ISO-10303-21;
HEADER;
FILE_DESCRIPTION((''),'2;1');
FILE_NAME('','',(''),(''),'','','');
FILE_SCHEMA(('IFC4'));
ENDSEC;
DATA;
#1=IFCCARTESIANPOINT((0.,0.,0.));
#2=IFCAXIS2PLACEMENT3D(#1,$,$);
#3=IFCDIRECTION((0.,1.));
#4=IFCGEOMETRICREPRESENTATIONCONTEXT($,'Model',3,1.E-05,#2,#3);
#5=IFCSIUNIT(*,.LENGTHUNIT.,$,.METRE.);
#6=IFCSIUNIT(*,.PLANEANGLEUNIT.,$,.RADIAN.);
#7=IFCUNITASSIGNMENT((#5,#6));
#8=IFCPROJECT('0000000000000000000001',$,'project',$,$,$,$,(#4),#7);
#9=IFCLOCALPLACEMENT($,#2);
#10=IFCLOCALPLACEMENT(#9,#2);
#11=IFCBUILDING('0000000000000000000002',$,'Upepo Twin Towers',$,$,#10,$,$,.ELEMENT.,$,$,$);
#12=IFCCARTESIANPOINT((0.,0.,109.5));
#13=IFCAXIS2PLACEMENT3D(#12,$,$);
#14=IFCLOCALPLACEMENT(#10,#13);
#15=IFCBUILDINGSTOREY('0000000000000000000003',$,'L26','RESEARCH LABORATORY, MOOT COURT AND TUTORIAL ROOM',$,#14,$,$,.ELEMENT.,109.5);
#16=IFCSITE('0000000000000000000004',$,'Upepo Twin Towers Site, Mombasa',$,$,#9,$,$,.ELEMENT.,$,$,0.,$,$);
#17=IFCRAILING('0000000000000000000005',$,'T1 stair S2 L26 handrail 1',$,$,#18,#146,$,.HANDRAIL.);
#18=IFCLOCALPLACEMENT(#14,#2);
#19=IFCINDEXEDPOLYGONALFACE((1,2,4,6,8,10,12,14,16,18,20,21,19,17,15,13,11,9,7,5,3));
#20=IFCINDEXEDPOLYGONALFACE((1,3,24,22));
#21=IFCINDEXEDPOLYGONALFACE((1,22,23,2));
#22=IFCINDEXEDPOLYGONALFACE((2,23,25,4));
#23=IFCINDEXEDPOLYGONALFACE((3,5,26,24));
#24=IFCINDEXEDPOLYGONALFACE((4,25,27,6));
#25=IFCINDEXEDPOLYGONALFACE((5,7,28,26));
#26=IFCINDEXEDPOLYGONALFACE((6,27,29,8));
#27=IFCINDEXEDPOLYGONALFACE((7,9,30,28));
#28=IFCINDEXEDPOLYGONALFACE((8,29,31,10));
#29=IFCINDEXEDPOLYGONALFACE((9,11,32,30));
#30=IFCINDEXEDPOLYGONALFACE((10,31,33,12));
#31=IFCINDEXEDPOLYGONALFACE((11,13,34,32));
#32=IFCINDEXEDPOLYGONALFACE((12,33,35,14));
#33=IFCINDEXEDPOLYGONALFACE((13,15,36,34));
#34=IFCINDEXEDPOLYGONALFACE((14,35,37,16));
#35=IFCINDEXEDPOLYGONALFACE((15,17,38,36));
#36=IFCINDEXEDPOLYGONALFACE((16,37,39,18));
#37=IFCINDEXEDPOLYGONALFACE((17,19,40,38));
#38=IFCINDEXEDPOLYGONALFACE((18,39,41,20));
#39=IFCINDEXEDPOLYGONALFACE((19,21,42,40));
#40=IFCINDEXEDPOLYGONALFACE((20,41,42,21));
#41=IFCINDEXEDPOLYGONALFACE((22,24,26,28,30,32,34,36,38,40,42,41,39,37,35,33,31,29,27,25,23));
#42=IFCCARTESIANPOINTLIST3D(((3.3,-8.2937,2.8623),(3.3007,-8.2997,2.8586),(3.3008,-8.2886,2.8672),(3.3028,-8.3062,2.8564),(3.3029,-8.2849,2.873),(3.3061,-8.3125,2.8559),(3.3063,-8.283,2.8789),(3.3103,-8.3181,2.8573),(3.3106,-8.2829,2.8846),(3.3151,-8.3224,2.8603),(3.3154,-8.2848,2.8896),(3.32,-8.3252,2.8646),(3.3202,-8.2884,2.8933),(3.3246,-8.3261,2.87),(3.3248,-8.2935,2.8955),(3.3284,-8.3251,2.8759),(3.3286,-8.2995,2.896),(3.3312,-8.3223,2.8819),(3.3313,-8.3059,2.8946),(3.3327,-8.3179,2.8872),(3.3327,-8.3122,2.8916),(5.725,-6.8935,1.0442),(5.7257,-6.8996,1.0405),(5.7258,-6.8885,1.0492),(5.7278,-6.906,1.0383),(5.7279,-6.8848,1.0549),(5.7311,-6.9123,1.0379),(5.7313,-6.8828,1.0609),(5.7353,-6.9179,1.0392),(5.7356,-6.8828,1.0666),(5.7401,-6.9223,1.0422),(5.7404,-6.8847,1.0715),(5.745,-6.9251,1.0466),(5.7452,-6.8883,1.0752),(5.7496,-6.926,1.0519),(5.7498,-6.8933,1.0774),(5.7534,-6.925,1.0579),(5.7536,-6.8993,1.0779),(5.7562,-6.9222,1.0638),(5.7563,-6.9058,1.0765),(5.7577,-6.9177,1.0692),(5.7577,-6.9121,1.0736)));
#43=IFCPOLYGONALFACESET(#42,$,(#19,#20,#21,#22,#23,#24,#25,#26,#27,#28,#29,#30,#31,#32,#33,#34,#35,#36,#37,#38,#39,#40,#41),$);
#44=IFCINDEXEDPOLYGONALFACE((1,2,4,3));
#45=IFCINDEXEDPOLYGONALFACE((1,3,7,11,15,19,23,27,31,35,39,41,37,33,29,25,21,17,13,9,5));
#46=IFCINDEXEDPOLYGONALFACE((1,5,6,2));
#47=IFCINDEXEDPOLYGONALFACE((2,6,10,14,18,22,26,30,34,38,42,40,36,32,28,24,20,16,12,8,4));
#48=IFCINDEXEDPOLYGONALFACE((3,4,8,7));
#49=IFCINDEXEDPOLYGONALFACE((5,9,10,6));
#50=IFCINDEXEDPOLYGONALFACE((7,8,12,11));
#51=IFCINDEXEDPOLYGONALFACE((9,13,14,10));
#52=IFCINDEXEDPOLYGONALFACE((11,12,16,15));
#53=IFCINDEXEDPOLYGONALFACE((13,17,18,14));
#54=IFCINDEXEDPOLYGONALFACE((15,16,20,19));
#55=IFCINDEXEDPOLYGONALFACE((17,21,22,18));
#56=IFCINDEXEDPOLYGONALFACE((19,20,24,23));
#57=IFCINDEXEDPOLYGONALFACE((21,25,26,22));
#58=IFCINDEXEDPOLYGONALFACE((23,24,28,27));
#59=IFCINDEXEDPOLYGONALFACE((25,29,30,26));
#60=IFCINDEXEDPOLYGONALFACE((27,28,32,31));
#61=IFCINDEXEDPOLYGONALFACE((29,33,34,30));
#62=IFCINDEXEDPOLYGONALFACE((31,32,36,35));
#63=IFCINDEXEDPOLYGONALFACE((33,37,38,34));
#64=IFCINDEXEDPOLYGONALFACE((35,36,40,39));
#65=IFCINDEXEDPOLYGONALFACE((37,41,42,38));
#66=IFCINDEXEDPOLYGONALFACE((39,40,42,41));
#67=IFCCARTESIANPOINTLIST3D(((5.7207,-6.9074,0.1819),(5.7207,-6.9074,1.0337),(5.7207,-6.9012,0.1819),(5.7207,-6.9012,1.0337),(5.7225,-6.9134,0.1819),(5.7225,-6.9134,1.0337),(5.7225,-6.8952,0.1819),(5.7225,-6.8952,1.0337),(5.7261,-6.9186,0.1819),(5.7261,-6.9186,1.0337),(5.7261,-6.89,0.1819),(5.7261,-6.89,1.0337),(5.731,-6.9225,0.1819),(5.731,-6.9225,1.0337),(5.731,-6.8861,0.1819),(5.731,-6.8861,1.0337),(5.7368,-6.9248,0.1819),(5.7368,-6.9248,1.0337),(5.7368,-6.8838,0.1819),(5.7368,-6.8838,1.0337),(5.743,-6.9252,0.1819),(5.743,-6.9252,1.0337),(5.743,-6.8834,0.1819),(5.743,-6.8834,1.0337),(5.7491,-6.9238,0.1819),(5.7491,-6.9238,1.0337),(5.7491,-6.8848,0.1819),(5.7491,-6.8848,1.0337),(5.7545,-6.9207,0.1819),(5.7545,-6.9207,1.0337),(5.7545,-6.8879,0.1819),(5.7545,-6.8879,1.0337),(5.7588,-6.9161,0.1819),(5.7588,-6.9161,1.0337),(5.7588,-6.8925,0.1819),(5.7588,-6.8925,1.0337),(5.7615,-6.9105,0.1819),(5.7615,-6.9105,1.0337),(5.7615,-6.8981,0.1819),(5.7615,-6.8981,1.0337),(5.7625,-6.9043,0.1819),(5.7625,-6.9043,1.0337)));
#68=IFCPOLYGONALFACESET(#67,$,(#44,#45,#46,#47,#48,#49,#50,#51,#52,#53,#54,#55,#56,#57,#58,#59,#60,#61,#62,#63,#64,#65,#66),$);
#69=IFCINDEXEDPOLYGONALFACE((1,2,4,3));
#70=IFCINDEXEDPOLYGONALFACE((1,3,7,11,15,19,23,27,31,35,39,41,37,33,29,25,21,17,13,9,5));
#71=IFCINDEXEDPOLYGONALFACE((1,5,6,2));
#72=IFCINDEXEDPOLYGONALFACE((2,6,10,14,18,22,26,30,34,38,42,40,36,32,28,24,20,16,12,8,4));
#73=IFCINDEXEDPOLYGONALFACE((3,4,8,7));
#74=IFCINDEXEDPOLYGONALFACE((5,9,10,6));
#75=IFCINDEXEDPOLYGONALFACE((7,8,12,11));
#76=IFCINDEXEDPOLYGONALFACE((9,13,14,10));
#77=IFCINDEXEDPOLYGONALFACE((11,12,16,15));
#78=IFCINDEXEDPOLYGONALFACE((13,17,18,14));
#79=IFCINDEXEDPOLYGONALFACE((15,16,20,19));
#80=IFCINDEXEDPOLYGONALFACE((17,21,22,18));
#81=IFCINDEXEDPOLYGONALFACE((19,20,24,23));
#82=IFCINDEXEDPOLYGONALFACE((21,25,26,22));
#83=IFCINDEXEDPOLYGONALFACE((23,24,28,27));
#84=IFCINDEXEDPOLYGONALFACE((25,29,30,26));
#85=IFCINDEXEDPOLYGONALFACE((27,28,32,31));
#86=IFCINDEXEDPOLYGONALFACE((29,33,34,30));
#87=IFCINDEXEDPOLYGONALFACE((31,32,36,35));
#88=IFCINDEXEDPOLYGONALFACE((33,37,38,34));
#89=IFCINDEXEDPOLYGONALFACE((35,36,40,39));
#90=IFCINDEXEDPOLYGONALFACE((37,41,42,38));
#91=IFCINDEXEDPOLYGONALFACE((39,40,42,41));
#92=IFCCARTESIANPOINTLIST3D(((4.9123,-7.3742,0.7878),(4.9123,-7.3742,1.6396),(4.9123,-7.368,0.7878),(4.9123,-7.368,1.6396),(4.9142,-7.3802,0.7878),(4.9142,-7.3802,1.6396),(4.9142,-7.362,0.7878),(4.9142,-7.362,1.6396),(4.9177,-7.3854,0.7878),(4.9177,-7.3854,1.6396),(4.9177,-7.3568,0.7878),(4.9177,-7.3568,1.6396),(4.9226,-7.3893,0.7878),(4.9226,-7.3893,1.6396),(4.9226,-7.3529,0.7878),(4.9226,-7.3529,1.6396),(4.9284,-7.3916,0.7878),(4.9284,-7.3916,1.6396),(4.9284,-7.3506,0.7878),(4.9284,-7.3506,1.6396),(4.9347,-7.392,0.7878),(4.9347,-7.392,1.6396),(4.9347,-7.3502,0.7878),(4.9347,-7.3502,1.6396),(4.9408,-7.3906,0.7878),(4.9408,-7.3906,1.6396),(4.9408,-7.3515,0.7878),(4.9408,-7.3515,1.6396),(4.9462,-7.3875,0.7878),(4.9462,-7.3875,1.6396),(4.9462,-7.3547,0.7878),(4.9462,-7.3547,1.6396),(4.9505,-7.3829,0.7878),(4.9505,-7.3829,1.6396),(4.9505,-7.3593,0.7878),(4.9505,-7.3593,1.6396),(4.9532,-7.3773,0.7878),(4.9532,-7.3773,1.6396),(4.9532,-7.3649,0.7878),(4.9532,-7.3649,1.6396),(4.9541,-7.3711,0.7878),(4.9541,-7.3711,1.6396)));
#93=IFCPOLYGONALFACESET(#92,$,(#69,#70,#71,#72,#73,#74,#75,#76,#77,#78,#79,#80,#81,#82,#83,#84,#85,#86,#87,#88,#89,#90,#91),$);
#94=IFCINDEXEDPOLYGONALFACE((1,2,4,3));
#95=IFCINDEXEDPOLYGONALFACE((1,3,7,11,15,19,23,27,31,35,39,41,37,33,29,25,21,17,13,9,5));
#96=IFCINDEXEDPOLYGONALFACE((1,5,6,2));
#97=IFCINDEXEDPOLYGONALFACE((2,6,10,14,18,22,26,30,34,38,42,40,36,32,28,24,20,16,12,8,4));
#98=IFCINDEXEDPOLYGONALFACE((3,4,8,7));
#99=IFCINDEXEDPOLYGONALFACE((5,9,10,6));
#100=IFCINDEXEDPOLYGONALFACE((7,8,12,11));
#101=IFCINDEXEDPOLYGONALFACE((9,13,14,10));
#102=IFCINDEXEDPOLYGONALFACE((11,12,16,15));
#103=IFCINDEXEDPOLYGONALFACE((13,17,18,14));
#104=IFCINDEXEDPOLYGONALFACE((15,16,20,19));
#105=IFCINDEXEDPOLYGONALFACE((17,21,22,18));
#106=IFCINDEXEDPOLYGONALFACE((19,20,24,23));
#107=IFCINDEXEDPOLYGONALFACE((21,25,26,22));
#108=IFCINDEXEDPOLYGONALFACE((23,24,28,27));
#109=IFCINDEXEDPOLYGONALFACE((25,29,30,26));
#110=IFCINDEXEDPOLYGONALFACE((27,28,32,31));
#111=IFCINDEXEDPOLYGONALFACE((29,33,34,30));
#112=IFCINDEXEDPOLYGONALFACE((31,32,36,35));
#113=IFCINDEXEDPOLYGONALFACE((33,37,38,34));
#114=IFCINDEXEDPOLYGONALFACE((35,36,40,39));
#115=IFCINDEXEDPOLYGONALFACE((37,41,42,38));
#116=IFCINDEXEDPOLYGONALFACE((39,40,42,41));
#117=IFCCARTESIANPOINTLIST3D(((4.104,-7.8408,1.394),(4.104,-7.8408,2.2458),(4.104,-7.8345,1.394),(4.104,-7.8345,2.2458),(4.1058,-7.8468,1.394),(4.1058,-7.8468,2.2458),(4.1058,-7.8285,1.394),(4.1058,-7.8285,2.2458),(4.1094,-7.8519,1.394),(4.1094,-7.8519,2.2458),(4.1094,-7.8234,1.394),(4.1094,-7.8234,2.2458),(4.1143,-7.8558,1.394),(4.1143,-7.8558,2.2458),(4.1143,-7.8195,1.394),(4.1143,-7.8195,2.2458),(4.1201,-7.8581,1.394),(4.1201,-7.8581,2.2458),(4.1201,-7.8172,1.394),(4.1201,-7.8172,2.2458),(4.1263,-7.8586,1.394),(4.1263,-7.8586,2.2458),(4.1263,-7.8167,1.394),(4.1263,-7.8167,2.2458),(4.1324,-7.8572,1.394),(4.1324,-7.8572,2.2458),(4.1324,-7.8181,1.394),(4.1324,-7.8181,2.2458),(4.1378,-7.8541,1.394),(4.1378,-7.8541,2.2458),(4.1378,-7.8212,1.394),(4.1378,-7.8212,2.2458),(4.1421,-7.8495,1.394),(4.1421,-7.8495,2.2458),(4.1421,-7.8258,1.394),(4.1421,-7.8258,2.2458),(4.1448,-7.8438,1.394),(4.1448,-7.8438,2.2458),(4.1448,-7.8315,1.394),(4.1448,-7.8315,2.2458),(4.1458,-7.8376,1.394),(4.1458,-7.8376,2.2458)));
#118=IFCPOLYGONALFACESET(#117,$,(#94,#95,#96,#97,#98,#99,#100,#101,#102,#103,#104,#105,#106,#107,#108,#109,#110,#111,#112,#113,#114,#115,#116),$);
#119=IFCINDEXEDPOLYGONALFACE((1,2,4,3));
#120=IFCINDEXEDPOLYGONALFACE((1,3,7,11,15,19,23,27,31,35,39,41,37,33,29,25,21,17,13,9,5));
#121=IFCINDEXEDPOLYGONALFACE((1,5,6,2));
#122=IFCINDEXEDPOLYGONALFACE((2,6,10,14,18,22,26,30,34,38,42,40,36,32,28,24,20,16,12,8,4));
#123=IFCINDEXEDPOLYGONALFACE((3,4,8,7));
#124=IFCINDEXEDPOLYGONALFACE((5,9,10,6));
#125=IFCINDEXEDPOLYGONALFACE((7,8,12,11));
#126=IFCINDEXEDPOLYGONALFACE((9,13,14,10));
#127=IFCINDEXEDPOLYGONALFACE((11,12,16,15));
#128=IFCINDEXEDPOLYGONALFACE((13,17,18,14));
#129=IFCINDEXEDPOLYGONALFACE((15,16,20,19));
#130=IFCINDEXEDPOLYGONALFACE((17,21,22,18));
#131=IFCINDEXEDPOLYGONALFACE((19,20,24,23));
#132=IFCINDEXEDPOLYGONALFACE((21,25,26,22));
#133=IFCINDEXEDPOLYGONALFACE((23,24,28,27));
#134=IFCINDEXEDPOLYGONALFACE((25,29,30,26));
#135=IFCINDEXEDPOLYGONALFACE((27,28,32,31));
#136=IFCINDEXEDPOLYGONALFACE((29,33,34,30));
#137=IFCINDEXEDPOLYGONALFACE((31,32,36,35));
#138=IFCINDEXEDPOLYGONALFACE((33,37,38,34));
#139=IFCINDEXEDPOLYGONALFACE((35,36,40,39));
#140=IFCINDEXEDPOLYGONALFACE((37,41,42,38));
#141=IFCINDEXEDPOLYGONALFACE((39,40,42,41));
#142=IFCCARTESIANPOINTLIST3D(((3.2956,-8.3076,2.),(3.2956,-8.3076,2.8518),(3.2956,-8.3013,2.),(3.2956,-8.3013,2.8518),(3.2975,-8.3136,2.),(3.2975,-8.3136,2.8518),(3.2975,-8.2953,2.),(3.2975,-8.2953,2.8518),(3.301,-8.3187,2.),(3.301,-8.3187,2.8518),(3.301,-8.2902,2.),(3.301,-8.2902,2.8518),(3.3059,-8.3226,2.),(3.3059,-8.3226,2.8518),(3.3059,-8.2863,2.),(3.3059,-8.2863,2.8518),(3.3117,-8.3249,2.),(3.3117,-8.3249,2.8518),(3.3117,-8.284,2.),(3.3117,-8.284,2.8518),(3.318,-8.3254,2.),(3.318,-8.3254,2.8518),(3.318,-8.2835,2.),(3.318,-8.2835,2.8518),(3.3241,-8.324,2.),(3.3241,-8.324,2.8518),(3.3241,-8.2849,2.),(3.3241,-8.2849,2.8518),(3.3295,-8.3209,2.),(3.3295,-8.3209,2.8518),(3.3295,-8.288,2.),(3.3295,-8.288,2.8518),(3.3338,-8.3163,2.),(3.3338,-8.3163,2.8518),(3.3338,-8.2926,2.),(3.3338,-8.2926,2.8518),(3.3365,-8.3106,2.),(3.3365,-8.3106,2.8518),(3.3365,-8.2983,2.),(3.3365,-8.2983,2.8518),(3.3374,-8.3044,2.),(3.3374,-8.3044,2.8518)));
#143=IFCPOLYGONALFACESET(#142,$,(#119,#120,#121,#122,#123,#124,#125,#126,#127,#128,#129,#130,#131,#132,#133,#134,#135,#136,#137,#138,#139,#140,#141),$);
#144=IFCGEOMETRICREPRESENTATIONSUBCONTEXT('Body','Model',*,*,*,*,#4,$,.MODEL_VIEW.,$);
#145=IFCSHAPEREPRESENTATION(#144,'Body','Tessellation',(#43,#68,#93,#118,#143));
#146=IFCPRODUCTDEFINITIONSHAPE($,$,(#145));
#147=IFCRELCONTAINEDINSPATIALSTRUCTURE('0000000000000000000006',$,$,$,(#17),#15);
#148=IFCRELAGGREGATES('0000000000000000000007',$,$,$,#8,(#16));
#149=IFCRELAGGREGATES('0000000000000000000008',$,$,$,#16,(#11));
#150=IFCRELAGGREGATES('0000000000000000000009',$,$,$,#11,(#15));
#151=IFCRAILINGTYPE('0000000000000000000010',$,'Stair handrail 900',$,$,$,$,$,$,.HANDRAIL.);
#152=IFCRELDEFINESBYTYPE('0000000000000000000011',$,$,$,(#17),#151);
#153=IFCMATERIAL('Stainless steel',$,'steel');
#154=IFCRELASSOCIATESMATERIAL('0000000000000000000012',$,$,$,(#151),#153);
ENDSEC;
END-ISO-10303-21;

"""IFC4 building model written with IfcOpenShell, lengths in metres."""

from ifc_helpers import new_model, si_unit, direction, frame, origin, origin_2d, place, context, subcontext, project, spatial, circle, extrude, material, type_object, element, save


model = new_model("IFC4")

# Units and contexts
model_context = context("Model", 3, precision=1e-05, world=origin(), true_north=direction((0.0, 1.0)))
body_context = subcontext(model_context, "Body", "Model", "MODEL_VIEW")
ifc_project = project(units=[si_unit("LENGTHUNIT", "METRE"), si_unit("PLANEANGLEUNIT", "RADIAN")], contexts=[model_context])

# Site, building, storey
site_placement = place(None, origin())
site = spatial("IfcSite", under=ifc_project, at=site_placement, Name="Upepo Twin Towers Site, Mombasa", CompositionType="ELEMENT", RefElevation=0.0)
building_placement = place(site_placement, origin())
building = spatial("IfcBuilding", under=site, at=building_placement, Name="Upepo Twin Towers", CompositionType="ELEMENT")
storey_placement = place(building_placement, frame((0.0, 0.0, 109.5)))
storey = spatial("IfcBuildingStorey", under=building, at=storey_placement, Name="L26", Description="RESEARCH LABORATORY, MOOT COURT AND TUTORIAL ROOM", CompositionType="ELEMENT", Elevation=109.5)

# Railing
ifc_material_1 = material(Name="Stainless steel", Category="steel")
railing_type = type_object("IfcRailingType", Name="Stair handrail 900", PredefinedType="HANDRAIL", material=ifc_material_1)
railing_1_placement = place(storey_placement, frame((5.7415, -6.9043, 0.1819)))
element("IfcRailing", 1, at=railing_1_placement, inside=storey, type_object=railing_type, Name="T1 stair S2 L26 handrail 1", PredefinedType="HANDRAIL", context=body_context, shape_type="SweptSolid", body=[
    extrude(circle(Radius=0.0239, at=origin_2d()), frame((0.0, 0.0, 0.876), z_axis=(-0.726349, -0.419371, 0.54456), x_axis=(0.500012, -0.866019, 0.0)), (0.0, 0.0, 1.0), 3.3386),
    extrude(circle(Radius=0.021, at=origin_2d()), origin(), (0.0, 0.0, 1.0), 0.8518),
    extrude(circle(Radius=0.021, at=origin_2d()), frame((-0.8083, -0.4668, 0.606)), (0.0, 0.0, 1.0), 0.8518),
    extrude(circle(Radius=0.021, at=origin_2d()), frame((-1.6167, -0.9333, 1.2122)), (0.0, 0.0, 1.0), 0.8518),
    extrude(circle(Radius=0.021, at=origin_2d()), frame((-2.425, -1.4001, 1.8181)), (0.0, 0.0, 1.0), 0.8518),
])

save(model, "model.ifc")
